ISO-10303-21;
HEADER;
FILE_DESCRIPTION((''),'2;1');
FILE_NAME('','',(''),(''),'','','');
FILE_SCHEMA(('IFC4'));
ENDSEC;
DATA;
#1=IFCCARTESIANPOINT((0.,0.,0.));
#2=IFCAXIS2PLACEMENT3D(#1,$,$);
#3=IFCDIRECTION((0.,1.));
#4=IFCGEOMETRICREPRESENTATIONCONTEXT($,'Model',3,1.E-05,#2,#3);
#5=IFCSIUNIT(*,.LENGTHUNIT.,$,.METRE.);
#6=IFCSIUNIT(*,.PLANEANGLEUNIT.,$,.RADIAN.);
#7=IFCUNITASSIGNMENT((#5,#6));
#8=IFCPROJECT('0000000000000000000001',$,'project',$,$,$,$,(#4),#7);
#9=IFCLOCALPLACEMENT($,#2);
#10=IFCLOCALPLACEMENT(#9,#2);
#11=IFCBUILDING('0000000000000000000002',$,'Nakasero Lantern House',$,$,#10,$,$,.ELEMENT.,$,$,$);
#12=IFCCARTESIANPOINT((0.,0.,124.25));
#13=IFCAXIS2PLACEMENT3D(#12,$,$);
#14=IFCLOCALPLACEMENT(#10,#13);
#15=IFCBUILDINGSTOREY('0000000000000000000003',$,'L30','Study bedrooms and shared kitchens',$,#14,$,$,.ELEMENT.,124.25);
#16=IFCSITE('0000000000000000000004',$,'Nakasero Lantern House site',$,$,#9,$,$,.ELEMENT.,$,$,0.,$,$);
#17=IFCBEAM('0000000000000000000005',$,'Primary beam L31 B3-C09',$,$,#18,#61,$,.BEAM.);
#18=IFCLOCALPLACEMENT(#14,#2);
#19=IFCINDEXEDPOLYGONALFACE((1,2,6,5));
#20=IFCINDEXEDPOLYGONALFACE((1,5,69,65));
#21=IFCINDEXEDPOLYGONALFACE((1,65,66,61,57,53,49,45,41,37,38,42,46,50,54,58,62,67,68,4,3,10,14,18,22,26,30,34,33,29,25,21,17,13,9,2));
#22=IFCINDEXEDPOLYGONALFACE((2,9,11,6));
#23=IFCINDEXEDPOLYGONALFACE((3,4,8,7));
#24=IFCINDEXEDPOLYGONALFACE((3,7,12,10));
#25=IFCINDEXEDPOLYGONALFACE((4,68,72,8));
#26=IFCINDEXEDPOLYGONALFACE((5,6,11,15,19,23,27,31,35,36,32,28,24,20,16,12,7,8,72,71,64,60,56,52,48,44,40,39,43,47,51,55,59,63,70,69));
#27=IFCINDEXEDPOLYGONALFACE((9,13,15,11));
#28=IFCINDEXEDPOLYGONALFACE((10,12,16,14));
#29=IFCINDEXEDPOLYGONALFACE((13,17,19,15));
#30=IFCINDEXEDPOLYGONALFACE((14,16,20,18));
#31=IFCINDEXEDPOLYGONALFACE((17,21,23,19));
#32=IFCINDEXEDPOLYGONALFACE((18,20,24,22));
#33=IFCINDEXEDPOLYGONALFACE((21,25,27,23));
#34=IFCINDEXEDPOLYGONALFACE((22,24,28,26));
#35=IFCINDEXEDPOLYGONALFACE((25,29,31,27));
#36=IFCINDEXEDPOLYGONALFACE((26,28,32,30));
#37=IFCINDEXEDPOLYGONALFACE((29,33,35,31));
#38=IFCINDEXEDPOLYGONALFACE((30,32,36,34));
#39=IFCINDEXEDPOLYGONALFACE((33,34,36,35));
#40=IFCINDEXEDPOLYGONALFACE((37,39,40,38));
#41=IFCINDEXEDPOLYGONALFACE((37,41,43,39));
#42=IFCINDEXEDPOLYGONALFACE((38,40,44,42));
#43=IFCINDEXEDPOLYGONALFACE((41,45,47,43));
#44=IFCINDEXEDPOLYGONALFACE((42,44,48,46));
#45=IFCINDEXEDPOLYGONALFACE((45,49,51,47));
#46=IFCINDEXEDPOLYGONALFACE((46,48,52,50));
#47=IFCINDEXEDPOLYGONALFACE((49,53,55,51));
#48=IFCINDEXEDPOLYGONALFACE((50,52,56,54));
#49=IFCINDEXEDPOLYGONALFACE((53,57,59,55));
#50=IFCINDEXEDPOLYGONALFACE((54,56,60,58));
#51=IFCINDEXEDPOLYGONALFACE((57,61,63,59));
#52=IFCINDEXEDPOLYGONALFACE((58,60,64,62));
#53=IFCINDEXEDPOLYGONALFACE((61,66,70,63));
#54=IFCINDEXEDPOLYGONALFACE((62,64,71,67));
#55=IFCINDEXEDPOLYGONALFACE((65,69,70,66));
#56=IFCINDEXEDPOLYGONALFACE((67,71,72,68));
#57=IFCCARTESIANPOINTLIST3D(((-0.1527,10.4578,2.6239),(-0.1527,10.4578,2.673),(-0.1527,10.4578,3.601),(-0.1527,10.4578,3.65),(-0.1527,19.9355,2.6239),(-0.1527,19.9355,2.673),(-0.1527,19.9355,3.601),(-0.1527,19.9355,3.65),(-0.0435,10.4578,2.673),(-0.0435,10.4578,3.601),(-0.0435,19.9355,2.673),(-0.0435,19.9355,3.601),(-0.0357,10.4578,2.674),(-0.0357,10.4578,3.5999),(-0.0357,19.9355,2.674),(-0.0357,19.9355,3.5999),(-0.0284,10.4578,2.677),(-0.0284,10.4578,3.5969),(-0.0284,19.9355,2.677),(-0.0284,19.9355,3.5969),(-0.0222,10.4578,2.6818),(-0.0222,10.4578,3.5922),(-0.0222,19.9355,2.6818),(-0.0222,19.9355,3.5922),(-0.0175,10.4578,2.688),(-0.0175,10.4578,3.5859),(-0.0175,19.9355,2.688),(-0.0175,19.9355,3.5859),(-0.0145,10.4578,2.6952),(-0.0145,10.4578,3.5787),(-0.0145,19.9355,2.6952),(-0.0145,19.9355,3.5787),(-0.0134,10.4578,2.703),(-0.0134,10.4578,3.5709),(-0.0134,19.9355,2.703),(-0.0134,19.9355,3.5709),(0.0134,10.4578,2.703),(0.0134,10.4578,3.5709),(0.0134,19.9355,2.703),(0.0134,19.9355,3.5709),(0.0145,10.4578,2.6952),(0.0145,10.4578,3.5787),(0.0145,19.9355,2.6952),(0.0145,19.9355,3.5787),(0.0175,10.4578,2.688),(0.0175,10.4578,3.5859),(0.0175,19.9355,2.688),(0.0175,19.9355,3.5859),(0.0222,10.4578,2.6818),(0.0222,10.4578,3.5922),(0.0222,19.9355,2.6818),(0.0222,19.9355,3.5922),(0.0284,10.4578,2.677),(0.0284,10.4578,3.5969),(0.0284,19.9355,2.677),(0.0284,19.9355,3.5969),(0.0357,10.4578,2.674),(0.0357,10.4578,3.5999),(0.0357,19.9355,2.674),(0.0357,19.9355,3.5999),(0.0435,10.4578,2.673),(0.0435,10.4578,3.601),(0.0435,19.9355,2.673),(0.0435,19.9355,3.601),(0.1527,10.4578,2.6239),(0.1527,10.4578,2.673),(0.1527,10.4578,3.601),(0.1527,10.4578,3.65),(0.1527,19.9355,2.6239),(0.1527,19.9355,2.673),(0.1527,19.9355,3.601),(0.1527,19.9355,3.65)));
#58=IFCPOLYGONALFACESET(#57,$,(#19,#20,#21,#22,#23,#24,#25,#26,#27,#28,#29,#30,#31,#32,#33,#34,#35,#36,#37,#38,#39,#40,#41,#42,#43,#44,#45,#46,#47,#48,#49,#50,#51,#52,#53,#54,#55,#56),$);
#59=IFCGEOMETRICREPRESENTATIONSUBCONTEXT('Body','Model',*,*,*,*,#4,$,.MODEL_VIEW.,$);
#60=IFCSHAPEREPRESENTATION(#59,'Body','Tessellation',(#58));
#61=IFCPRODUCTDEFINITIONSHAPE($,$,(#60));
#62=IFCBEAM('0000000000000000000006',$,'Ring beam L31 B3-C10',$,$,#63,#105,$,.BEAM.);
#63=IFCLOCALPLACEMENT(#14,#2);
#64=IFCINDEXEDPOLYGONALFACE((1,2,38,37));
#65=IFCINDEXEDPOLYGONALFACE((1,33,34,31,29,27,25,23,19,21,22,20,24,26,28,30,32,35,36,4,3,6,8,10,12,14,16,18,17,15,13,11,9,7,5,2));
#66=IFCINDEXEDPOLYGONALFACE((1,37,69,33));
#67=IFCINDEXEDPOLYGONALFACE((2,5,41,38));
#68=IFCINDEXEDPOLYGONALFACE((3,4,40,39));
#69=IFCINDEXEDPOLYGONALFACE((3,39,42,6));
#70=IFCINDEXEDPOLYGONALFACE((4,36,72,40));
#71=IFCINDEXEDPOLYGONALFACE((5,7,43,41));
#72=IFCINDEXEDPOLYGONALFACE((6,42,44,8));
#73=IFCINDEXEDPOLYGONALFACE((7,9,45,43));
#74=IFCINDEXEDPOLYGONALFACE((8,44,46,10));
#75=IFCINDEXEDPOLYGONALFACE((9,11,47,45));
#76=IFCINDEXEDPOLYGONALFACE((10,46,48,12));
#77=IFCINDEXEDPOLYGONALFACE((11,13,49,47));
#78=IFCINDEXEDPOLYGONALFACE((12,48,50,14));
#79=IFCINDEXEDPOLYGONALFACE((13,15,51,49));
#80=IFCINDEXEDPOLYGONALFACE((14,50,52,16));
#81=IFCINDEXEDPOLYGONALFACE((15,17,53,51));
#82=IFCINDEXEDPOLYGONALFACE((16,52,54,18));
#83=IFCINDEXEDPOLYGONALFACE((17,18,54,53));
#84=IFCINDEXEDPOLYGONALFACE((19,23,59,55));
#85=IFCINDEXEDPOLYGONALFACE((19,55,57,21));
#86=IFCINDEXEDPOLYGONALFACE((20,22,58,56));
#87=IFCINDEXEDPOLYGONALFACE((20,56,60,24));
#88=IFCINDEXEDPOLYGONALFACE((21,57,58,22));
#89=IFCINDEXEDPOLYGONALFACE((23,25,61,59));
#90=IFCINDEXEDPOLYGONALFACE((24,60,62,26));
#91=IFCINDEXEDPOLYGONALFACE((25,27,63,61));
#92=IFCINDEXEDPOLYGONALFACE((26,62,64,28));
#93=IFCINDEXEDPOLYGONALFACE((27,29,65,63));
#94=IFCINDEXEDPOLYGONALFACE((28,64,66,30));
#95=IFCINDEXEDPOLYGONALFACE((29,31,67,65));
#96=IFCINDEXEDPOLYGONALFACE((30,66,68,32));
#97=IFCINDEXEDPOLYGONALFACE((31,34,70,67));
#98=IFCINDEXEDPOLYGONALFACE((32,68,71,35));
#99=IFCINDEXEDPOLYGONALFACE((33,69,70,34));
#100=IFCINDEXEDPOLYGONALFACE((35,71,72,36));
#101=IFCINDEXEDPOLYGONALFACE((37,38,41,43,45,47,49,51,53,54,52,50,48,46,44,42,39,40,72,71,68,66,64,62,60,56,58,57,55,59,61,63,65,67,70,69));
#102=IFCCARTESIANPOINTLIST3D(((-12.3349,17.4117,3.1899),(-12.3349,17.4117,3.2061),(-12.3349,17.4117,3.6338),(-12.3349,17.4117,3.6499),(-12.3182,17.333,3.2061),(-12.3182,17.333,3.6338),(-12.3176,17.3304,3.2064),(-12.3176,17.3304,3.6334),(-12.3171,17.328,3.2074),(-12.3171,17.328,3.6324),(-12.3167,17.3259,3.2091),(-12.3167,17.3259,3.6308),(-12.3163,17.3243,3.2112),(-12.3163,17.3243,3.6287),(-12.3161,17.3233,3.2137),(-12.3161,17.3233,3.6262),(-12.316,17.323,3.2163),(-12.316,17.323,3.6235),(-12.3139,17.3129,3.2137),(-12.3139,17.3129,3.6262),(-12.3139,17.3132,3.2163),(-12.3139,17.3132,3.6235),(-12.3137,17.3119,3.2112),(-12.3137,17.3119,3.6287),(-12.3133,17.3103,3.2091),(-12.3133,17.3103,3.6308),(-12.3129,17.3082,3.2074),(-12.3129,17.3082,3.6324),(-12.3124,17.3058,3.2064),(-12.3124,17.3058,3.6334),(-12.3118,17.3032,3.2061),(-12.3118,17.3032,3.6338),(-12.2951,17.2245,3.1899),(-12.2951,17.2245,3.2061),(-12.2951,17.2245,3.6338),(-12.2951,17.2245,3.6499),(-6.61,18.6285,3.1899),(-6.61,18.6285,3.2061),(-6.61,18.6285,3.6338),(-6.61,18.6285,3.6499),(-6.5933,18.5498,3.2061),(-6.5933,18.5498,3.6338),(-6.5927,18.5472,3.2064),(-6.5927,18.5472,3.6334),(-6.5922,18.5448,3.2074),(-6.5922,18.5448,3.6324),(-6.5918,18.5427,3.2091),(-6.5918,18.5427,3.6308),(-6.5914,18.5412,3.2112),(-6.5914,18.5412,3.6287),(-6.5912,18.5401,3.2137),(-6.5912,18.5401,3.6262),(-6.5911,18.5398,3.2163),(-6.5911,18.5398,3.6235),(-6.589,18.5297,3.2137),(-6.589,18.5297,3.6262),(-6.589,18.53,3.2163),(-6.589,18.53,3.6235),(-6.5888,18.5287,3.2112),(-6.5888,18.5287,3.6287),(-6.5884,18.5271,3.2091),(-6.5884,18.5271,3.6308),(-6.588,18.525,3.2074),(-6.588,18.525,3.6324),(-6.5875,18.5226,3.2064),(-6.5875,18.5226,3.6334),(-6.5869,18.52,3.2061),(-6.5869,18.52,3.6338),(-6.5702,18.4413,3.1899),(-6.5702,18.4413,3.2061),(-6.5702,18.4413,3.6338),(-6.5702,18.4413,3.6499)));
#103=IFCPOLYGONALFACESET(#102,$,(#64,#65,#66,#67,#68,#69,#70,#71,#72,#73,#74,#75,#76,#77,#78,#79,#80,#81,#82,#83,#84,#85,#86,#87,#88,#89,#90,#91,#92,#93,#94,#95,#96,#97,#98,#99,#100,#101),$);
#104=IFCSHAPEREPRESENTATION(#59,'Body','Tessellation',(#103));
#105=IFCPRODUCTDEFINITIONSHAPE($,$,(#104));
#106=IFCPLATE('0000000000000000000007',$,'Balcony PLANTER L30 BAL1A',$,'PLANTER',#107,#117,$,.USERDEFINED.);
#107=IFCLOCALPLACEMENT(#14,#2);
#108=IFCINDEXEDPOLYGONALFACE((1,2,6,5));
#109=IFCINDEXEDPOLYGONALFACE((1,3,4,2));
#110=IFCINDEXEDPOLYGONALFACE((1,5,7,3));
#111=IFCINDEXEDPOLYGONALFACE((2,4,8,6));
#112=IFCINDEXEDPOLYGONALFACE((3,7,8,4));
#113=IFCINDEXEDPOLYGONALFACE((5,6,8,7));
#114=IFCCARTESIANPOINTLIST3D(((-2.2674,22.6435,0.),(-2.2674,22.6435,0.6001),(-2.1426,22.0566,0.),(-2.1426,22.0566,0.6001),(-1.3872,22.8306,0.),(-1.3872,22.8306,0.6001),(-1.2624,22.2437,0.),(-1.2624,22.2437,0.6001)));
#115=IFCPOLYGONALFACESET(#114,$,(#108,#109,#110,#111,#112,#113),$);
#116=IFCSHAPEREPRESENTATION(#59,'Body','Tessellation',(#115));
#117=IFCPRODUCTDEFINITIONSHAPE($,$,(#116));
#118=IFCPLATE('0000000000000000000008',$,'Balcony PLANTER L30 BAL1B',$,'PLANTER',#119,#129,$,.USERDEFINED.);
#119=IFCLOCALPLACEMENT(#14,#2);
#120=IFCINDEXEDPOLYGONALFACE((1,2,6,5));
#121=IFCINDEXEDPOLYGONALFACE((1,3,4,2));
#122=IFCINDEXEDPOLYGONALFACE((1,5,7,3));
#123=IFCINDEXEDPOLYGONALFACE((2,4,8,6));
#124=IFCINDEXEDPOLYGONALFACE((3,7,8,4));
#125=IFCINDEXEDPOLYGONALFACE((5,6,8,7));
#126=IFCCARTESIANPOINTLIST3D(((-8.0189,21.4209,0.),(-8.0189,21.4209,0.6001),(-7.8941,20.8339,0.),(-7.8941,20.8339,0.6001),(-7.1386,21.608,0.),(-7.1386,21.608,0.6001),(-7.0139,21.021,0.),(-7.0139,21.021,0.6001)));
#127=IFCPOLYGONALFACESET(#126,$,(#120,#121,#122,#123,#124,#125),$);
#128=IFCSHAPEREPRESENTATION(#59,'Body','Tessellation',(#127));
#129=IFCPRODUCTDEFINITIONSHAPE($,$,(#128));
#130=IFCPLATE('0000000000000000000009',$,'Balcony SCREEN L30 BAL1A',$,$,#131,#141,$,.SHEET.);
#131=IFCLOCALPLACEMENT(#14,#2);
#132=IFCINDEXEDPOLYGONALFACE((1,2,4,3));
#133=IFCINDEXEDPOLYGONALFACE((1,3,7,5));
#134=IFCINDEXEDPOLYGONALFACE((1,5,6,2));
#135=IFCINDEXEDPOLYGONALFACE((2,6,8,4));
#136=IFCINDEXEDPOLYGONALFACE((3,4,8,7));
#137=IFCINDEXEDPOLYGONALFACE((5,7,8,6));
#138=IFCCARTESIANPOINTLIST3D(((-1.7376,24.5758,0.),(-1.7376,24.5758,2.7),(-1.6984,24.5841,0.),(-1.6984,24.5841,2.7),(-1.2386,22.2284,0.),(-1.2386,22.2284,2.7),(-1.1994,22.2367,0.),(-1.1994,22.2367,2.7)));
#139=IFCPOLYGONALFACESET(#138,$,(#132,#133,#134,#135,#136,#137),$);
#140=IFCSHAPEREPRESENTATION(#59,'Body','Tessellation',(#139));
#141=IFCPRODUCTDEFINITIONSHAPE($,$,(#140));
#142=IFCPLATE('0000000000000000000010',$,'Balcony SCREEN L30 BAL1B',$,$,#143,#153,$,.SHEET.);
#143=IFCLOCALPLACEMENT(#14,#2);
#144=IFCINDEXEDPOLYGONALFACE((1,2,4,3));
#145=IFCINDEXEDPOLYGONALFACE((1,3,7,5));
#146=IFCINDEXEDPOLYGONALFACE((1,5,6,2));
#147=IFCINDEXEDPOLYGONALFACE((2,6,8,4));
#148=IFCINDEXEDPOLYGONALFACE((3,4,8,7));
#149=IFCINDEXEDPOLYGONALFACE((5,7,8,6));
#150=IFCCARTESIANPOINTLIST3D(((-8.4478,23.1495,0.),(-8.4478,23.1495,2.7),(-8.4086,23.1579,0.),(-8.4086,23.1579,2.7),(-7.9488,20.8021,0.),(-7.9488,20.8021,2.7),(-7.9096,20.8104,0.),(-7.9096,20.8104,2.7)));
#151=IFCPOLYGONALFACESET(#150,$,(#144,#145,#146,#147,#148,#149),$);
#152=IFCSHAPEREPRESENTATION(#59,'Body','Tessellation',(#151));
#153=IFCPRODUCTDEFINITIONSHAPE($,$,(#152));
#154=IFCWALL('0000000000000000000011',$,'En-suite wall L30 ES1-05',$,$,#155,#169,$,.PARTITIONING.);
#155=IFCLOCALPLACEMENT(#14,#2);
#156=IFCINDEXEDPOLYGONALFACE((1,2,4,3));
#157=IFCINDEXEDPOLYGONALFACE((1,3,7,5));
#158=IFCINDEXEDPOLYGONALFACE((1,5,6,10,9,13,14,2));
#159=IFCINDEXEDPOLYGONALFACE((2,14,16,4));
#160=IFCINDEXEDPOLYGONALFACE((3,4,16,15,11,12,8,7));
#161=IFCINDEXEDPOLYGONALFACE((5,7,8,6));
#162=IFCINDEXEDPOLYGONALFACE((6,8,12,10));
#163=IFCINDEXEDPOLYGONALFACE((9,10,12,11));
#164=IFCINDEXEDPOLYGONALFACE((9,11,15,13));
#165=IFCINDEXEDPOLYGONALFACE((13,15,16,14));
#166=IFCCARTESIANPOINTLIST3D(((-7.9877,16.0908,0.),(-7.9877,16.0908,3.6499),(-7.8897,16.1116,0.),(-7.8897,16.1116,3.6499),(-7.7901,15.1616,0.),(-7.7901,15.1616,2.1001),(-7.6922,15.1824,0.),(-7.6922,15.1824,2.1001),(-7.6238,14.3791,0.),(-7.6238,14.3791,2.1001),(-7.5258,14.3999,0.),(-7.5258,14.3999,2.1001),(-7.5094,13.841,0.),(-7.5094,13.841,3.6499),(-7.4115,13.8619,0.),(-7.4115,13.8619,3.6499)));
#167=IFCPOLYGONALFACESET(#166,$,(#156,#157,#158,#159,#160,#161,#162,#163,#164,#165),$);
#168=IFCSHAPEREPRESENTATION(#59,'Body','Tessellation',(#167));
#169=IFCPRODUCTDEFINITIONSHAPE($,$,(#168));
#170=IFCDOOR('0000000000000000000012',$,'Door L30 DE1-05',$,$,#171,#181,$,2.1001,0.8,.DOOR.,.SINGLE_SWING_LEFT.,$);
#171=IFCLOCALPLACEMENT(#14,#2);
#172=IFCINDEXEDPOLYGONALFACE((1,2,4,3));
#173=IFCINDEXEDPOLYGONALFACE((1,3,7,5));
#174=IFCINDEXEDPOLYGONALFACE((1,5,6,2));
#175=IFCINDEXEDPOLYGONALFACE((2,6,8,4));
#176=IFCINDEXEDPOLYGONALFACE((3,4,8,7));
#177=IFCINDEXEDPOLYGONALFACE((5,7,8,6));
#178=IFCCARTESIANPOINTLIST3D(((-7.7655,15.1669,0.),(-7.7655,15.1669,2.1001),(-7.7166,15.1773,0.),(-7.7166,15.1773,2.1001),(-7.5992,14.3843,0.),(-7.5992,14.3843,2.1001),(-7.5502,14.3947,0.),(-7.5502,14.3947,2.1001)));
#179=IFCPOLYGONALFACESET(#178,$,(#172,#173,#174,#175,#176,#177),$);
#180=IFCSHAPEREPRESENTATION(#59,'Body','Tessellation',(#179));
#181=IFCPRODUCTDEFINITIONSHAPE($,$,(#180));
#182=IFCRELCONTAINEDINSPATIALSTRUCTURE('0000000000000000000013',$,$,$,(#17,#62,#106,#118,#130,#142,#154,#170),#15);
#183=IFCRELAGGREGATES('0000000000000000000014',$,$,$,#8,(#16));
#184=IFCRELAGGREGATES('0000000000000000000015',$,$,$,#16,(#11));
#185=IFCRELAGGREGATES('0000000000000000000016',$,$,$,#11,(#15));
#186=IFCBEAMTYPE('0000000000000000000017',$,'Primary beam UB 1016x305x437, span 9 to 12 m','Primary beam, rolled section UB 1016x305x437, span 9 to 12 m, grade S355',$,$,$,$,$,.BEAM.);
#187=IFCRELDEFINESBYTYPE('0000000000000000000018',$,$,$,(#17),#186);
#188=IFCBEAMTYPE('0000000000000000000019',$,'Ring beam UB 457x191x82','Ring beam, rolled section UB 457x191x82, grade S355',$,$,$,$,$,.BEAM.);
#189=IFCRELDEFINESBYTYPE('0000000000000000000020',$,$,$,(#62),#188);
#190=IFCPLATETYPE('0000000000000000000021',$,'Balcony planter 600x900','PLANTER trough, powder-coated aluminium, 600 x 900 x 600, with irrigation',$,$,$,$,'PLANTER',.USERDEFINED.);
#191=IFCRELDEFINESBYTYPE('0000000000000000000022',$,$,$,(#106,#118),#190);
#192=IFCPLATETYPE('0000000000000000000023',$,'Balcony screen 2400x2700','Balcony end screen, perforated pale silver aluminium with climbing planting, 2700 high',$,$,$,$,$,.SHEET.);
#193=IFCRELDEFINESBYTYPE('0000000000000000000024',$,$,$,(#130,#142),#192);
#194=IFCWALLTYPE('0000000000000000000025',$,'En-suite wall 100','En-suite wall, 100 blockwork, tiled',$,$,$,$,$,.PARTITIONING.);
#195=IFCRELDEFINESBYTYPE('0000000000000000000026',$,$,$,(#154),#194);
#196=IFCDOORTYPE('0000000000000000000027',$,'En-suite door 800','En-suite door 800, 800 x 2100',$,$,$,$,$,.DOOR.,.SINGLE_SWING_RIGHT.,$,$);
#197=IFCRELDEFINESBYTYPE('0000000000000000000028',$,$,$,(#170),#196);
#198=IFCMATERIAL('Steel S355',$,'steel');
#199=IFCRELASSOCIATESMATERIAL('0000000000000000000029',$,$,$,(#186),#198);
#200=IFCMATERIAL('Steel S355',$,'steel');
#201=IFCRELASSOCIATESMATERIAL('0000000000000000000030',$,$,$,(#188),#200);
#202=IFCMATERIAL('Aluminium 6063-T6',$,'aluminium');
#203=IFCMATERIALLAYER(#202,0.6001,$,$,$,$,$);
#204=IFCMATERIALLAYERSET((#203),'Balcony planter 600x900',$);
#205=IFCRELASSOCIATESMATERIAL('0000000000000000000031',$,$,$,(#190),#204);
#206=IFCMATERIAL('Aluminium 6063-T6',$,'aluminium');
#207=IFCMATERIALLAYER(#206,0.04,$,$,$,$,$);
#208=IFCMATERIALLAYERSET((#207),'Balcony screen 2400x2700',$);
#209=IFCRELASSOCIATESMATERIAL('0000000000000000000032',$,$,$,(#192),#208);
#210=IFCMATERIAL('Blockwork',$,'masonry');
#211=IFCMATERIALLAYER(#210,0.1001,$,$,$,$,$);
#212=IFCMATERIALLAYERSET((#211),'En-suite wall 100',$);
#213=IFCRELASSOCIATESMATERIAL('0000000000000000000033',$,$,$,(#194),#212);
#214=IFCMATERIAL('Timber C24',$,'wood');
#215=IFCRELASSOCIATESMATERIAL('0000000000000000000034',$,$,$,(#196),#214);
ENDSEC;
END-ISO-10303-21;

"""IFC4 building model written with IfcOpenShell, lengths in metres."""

from ifc_helpers import new_model, si_unit, direction, frame, frame_2d, origin, origin_2d, place, context, subcontext, project, spatial, rectangle, i_section, extrude, material, layer, layer_set, material_profile, profile_set, type_object, element, fill, save


model = new_model("IFC4")

# Units and contexts
model_context = context("Model", 3, precision=1e-05, world=origin(), true_north=direction((0.0, 1.0)))
body_context = subcontext(model_context, "Body", "Model", "MODEL_VIEW")
ifc_project = project(units=[si_unit("LENGTHUNIT", "METRE"), si_unit("PLANEANGLEUNIT", "RADIAN")], contexts=[model_context])

# Site, building, storey
site_placement = place(None, origin())
site = spatial("IfcSite", under=ifc_project, at=site_placement, Name="Nakasero Lantern House site", CompositionType="ELEMENT", RefElevation=0.0)
building_placement = place(site_placement, origin())
building = spatial("IfcBuilding", under=site, at=building_placement, Name="Nakasero Lantern House", CompositionType="ELEMENT")
storey_placement = place(building_placement, frame((0.0, 0.0, 124.25)))
storey = spatial("IfcBuildingStorey", under=building, at=storey_placement, Name="L30", Description="Study bedrooms and shared kitchens", CompositionType="ELEMENT", Elevation=124.25)

# Beams
ifc_material_1 = material(Name="Steel S355", Category="steel")
ifc_material_profile_1 = material_profile(ifc_material_1, i_section(OverallWidth=0.3054, OverallDepth=1.0261, WebThickness=0.0269, FlangeThickness=0.0491, FilletRadius=0.03, at=origin_2d()), Name="UB 1016x305x437")
ifc_profile_set_1 = profile_set([ifc_material_profile_1], Name="Steel S355")
beam_type_1 = type_object("IfcBeamType", Name="Primary beam UB 1016x305x437, span 9 to 12 m", Description="Primary beam, rolled section UB 1016x305x437, span 9 to 12 m, grade S355", PredefinedType="BEAM", material=ifc_profile_set_1)
beam_1_placement = place(storey_placement, frame((0.0, 19.9355, 3.137), z_axis=(0.0, -1.0, 0.0), x_axis=(1.0, 0.0, 0.0)))
element("IfcBeam", 1, at=beam_1_placement, inside=storey, type_object=beam_type_1, Name="Primary beam L31 B3-C09", PredefinedType="BEAM", context=body_context, shape_type="SweptSolid", body=[
    extrude(i_section(OverallWidth=0.3054, OverallDepth=1.0261, WebThickness=0.0269, FlangeThickness=0.0491, FilletRadius=0.03, at=origin_2d()), origin(), (0.0, 0.0, 1.0), 9.4778),
])
ifc_material_2 = material(Name="Steel S355", Category="steel")
ifc_material_profile_2 = material_profile(ifc_material_2, i_section(OverallWidth=0.1914, OverallDepth=0.46, WebThickness=0.01, FlangeThickness=0.0161, FilletRadius=0.0103, at=origin_2d()), Name="UB 457x191x82")
ifc_profile_set_2 = profile_set([ifc_material_profile_2], Name="Steel S355")
beam_type_2 = type_object("IfcBeamType", Name="Ring beam UB 457x191x82", Description="Ring beam, rolled section UB 457x191x82, grade S355", PredefinedType="BEAM", material=ifc_profile_set_2)
beam_2_placement = place(storey_placement, frame((-6.5901, 18.5349, 3.4199), z_axis=(-0.97815, -0.207902, 0.0), x_axis=(0.207902, -0.97815, 0.0)))
element("IfcBeam", 2, at=beam_2_placement, inside=storey, type_object=beam_type_2, Name="Ring beam L31 B3-C10", PredefinedType="BEAM", context=body_context, shape_type="SweptSolid", body=[
    extrude(i_section(OverallWidth=0.1914, OverallDepth=0.46, WebThickness=0.01, FlangeThickness=0.0161, FilletRadius=0.0103, at=origin_2d()), origin(), (0.0, 0.0, 1.0), 5.8528),
])

# Plates
ifc_material_3 = material(Name="Aluminium 6063-T6", Category="aluminium")
ifc_layer_1 = layer(ifc_material_3, 0.6001)
ifc_layer_set_1 = layer_set([ifc_layer_1], Name="Balcony planter 600x900")
plate_type_1 = type_object("IfcPlateType", Name="Balcony planter 600x900", Description="PLANTER trough, powder-coated aluminium, 600 x 900 x 600, with irrigation", ElementType="PLANTER", PredefinedType="USERDEFINED", material=ifc_layer_set_1)
for number, where, z_axis, x_axis, name in (
    (3, (-1.7649, 22.4436, 0.0), (0.0, 0.0, 1.0), (-0.207912, 0.978148, 0.0), "Balcony PLANTER L30 BAL1A"),
    (4, (-7.5164, 21.2209, 0.0), (0.0, 0.0, 1.0), (-0.207912, 0.978148, 0.0), "Balcony PLANTER L30 BAL1B"),
):
    element("IfcPlate", number, at=place(storey_placement, frame(where, z_axis=z_axis, x_axis=x_axis)), inside=storey, type_object=plate_type_1, Name=name, ObjectType="PLANTER", PredefinedType="USERDEFINED", context=body_context, shape_type="SweptSolid", body=[
        extrude(rectangle(XDim=0.6001, YDim=0.8999, at=origin_2d()), origin(), (0.0, 0.0, 1.0), 0.6001),
    ])
ifc_material_4 = material(Name="Aluminium 6063-T6", Category="aluminium")
ifc_layer_2 = layer(ifc_material_4, 0.04)
ifc_layer_set_2 = layer_set([ifc_layer_2], Name="Balcony screen 2400x2700")
plate_type_2 = type_object("IfcPlateType", Name="Balcony screen 2400x2700", Description="Balcony end screen, perforated pale silver aluminium with climbing planting, 2700 high", PredefinedType="SHEET", material=ifc_layer_set_2)
for number, where, z_axis, x_axis, name in (
    (5, (-1.4685, 23.4062, 0.0), (0.0, 0.0, 1.0), (-0.207912, 0.978148, 0.0), "Balcony SCREEN L30 BAL1A"),
    (6, (-8.1787, 21.98, 0.0), (0.0, 0.0, 1.0), (-0.207912, 0.978148, 0.0), "Balcony SCREEN L30 BAL1B"),
):
    element("IfcPlate", number, at=place(storey_placement, frame(where, z_axis=z_axis, x_axis=x_axis)), inside=storey, type_object=plate_type_2, Name=name, PredefinedType="SHEET", context=body_context, shape_type="SweptSolid", body=[
        extrude(rectangle(XDim=2.3999, YDim=0.04, at=origin_2d()), origin(), (0.0, 0.0, 1.0), 2.7),
    ])

# Wall, opening, door
ifc_material_5 = material(Name="Blockwork", Category="masonry")
ifc_layer_3 = layer(ifc_material_5, 0.1001)
ifc_layer_set_3 = layer_set([ifc_layer_3], Name="En-suite wall 100")
wall_type_1 = type_object("IfcWallType", Name="En-suite wall 100", Description="En-suite wall, 100 blockwork, tiled", PredefinedType="PARTITIONING", material=ifc_layer_set_3)
wall_1_placement = place(storey_placement, frame((-7.4604, 13.8516, 0.0), z_axis=(0.0, 0.0, 1.0), x_axis=(-0.207941, 0.978141, 0.0)))
wall_1 = element("IfcWall", 7, at=wall_1_placement, inside=storey, type_object=wall_type_1, Name="En-suite wall L30 ES1-05", PredefinedType="PARTITIONING", context=body_context, shape_type="SweptSolid", body=[
    extrude(rectangle(XDim=2.3, YDim=0.1001, at=frame_2d((1.1499, 0.0))), origin(), (0.0, 0.0, 1.0), 3.6499),
])
opening_1_placement = place(wall_1_placement, frame((0.55, 0.0, 0.0)))
opening_1 = element("IfcOpeningElement", 8, at=opening_1_placement, cuts=wall_1, PredefinedType="OPENING", context=body_context, shape_type="SweptSolid", body=[
    extrude(rectangle(XDim=0.8, YDim=2.1001, at=frame_2d((0.3999, 1.05))), frame((0.0, 0.0701, 0.0), z_axis=(0.0, -1.0, 0.0), x_axis=(1.0, 0.0, 0.0)), (0.0, 0.0, 1.0), 0.1401),
])
ifc_material_6 = material(Name="Timber C24", Category="wood")
door_type_1 = type_object("IfcDoorType", Name="En-suite door 800", Description="En-suite door 800, 800 x 2100", OperationType="SINGLE_SWING_RIGHT", PredefinedType="DOOR", material=ifc_material_6)
door_1_placement = place(opening_1_placement, origin())
door_1 = element("IfcDoor", 9, at=door_1_placement, inside=storey, type_object=door_type_1, Name="Door L30 DE1-05", OperationType="SINGLE_SWING_LEFT", OverallHeight=2.1001, OverallWidth=0.8, PredefinedType="DOOR", context=body_context, shape_type="SweptSolid", body=[
    extrude(rectangle(XDim=0.8, YDim=2.1001, at=frame_2d((0.3999, 1.05))), frame((0.0, 0.0249, 0.0), z_axis=(0.0, -1.0, 0.0), x_axis=(1.0, 0.0, 0.0)), (0.0, 0.0, 1.0), 0.05),
])
fill(opening_1, door_1)

save(model, "model.ifc")
